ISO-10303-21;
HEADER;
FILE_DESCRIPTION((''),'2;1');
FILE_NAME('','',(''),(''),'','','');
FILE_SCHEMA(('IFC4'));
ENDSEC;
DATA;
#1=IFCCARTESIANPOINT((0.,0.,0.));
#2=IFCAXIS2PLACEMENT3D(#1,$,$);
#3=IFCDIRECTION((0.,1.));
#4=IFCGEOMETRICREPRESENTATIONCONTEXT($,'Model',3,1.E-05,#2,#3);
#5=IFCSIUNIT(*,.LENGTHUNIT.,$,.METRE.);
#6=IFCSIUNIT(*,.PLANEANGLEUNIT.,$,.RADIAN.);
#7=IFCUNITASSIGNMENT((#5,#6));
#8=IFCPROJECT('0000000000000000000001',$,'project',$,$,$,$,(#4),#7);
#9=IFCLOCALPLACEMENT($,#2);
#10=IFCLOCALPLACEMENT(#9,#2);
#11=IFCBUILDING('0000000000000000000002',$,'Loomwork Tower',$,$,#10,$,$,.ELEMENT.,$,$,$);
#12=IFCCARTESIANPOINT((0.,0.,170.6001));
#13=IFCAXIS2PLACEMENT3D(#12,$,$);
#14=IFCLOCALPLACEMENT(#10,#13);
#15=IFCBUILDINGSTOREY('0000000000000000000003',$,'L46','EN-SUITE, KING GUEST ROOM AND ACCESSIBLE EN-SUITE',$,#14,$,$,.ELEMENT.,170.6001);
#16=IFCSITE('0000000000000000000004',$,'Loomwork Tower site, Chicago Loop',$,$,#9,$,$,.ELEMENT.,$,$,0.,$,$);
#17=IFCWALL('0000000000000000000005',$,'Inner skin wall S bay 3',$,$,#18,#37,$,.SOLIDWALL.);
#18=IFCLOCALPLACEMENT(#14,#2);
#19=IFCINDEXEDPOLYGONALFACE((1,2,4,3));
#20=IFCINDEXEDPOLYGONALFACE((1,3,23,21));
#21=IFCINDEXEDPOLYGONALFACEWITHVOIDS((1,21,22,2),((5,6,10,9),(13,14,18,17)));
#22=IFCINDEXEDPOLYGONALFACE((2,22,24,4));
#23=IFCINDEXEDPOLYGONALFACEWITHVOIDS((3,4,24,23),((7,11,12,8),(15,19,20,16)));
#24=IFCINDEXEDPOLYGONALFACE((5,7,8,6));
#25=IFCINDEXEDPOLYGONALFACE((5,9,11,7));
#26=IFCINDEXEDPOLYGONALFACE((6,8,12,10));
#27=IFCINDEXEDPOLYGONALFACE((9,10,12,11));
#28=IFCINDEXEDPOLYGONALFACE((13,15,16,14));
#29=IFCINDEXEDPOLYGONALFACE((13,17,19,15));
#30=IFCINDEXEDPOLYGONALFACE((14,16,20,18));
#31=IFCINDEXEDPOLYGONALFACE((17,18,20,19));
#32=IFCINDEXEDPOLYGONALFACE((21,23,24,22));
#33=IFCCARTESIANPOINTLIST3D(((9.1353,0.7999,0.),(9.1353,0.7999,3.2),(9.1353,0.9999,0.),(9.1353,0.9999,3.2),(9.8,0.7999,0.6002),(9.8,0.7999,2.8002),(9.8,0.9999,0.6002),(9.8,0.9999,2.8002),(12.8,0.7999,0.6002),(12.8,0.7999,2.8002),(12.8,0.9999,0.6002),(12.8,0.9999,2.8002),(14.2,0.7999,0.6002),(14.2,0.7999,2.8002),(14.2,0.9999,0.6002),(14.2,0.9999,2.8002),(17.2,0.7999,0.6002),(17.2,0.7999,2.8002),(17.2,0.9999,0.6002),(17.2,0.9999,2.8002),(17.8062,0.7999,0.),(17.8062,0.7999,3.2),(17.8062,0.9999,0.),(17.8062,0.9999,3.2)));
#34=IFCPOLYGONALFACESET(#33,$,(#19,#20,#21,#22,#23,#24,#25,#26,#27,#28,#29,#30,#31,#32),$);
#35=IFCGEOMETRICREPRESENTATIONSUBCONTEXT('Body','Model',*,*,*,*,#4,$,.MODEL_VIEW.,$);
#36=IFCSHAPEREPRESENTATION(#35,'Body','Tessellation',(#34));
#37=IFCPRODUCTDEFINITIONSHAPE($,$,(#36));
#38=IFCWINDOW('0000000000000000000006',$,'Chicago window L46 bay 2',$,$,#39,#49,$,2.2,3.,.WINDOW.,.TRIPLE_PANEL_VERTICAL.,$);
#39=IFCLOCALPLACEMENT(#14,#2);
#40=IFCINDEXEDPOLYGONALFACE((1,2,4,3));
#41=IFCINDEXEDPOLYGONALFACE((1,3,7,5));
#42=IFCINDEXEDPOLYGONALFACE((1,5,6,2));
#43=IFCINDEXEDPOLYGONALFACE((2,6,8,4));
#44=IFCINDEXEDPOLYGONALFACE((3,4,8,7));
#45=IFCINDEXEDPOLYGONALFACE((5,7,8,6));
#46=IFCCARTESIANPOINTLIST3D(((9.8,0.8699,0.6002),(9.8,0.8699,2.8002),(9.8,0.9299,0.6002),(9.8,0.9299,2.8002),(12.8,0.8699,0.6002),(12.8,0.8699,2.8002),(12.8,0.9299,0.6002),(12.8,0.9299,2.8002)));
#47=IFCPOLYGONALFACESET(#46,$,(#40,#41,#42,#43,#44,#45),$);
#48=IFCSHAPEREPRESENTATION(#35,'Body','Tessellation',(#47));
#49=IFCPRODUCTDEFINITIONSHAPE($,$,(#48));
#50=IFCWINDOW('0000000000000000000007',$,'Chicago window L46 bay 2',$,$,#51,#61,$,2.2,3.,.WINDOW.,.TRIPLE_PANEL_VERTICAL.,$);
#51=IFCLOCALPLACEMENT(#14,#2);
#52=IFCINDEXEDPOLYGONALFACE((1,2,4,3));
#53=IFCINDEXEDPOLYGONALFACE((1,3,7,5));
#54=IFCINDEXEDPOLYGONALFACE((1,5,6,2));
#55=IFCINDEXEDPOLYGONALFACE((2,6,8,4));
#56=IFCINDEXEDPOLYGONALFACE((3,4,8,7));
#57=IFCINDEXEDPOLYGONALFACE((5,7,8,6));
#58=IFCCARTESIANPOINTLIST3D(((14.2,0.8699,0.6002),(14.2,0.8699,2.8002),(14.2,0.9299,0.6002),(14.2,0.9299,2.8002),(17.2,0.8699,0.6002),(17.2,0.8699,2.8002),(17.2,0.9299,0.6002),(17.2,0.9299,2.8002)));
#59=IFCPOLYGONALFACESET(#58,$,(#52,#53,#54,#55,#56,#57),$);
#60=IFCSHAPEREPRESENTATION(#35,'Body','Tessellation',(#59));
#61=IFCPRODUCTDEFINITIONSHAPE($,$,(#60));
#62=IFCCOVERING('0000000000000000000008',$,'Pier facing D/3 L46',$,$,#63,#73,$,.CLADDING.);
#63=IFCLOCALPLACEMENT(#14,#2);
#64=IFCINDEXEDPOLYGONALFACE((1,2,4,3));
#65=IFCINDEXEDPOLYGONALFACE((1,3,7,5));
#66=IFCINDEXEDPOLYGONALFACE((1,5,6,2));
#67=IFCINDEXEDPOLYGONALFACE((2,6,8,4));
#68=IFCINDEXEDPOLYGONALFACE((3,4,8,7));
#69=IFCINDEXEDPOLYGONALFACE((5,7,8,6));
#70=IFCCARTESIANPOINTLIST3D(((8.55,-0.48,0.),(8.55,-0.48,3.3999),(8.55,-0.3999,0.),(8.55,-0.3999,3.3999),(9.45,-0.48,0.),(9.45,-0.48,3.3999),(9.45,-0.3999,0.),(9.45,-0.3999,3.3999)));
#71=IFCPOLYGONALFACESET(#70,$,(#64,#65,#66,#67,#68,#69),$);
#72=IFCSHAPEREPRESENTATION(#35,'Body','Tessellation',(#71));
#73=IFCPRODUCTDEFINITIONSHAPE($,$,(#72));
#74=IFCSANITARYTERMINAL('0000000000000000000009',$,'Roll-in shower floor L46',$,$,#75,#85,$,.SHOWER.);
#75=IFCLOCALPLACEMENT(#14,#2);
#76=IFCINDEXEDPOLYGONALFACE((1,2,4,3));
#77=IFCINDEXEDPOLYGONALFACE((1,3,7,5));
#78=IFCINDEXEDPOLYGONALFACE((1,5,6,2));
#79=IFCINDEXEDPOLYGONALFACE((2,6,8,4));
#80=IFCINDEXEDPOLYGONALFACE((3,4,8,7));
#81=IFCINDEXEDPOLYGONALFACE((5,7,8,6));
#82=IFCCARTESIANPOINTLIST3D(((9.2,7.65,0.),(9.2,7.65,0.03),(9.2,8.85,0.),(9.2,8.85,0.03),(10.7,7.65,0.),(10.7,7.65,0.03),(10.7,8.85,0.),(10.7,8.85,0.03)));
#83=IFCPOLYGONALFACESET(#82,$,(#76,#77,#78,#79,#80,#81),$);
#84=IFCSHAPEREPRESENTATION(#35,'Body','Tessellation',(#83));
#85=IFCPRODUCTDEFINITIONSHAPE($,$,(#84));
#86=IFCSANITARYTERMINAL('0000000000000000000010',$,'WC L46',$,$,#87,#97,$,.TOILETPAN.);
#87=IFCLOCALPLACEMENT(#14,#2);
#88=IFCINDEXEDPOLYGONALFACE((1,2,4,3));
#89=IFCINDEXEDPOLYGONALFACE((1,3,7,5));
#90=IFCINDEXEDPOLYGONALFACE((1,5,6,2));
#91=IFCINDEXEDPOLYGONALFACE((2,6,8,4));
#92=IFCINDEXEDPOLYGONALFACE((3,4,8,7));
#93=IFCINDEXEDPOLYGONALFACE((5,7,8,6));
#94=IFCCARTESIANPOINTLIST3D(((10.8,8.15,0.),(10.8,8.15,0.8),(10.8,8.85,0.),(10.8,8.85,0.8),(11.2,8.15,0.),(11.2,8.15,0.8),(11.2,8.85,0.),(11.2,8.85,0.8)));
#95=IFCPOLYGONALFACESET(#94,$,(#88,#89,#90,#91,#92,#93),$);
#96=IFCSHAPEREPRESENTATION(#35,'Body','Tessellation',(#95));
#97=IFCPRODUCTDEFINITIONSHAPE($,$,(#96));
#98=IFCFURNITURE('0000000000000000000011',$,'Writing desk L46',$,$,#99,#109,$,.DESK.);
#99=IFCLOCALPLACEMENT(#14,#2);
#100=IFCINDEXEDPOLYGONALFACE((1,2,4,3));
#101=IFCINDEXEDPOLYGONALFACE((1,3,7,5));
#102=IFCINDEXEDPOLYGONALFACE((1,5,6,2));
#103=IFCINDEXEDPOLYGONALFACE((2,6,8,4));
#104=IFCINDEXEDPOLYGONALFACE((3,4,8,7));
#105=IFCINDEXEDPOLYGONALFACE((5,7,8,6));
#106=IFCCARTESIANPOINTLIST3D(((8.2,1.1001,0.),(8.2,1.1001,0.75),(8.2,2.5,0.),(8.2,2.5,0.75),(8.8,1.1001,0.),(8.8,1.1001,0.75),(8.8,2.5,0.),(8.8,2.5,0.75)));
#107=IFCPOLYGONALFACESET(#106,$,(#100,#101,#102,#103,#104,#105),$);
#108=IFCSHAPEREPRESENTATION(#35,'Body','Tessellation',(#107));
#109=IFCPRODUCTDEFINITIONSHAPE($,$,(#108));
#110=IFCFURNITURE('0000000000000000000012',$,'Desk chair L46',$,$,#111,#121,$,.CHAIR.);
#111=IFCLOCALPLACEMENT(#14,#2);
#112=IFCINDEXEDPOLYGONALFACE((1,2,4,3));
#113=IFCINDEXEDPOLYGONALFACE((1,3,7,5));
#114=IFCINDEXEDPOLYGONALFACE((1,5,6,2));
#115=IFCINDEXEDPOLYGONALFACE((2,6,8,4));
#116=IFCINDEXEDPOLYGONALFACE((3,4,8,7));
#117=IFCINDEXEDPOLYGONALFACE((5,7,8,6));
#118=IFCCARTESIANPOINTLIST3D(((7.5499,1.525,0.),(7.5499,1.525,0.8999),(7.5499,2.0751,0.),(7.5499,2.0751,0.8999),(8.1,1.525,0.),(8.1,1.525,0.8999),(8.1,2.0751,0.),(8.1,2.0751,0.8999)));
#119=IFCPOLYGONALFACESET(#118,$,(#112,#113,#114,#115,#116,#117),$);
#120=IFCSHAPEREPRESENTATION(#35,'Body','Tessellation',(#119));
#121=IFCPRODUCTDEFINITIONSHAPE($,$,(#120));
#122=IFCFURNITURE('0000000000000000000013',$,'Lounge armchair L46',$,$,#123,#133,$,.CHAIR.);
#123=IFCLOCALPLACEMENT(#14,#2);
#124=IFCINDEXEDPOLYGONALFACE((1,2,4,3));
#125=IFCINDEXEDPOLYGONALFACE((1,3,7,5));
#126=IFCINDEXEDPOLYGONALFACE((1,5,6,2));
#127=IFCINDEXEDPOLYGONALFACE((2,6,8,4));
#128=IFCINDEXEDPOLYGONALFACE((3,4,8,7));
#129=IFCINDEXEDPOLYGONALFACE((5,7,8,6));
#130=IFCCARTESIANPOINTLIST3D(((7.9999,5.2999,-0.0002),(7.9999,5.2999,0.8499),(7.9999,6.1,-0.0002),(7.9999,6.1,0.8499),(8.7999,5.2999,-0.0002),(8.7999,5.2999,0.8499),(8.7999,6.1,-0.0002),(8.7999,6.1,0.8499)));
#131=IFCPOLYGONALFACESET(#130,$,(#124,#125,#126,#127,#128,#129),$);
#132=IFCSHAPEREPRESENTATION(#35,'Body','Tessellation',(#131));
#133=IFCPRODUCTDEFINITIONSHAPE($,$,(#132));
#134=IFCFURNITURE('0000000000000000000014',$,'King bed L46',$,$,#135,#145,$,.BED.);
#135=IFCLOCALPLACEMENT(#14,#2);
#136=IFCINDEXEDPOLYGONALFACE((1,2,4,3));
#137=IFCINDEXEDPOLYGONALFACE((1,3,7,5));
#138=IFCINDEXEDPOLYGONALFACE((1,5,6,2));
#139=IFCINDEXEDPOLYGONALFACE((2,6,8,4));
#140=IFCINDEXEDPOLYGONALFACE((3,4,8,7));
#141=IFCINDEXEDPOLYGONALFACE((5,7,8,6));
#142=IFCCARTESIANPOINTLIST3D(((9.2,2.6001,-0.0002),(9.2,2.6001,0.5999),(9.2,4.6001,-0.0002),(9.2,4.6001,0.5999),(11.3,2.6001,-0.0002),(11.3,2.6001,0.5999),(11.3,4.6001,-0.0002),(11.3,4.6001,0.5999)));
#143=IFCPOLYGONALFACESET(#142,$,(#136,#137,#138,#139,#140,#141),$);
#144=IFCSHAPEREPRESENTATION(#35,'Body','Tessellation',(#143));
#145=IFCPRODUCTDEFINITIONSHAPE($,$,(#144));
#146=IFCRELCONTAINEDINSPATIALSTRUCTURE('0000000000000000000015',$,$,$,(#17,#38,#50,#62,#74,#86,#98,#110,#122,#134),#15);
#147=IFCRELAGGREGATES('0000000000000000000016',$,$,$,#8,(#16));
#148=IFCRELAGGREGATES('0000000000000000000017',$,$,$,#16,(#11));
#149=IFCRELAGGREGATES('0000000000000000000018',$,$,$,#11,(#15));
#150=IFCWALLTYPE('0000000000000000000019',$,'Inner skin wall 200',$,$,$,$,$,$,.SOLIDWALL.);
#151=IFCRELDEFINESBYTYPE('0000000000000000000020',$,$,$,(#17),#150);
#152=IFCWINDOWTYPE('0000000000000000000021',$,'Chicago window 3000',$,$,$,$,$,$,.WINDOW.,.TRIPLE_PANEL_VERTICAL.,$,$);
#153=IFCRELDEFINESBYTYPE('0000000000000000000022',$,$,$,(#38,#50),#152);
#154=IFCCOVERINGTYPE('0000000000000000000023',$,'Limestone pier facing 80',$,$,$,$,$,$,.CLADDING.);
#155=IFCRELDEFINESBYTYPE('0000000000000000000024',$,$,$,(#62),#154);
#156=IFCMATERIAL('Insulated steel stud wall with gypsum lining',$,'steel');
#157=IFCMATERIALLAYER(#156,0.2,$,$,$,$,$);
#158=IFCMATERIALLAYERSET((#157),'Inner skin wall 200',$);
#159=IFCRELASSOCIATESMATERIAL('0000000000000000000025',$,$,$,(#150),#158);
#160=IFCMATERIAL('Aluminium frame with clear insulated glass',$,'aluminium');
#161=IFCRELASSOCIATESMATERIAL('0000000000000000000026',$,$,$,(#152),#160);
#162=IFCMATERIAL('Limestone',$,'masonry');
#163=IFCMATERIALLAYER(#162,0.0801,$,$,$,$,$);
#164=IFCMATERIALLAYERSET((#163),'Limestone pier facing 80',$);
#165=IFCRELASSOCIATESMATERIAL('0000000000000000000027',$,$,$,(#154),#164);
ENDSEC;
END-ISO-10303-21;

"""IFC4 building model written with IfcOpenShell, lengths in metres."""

from ifc_helpers import new_model, si_unit, direction, frame, frame_2d, origin, origin_2d, place, context, subcontext, project, spatial, rectangle, extrude, material, layer, layer_set, type_object, element, fill, save


model = new_model("IFC4")

# Units and contexts
model_context = context("Model", 3, precision=1e-05, world=origin(), true_north=direction((0.0, 1.0)))
body_context = subcontext(model_context, "Body", "Model", "MODEL_VIEW")
ifc_project = project(units=[si_unit("LENGTHUNIT", "METRE"), si_unit("PLANEANGLEUNIT", "RADIAN")], contexts=[model_context])

# Site, building, storey
site_placement = place(None, origin())
site = spatial("IfcSite", under=ifc_project, at=site_placement, Name="Loomwork Tower site, Chicago Loop", CompositionType="ELEMENT", RefElevation=0.0)
building_placement = place(site_placement, origin())
building = spatial("IfcBuilding", under=site, at=building_placement, Name="Loomwork Tower", CompositionType="ELEMENT")
storey_placement = place(building_placement, frame((0.0, 0.0, 170.6001)))
storey = spatial("IfcBuildingStorey", under=building, at=storey_placement, Name="L46", Description="EN-SUITE, KING GUEST ROOM AND ACCESSIBLE EN-SUITE", CompositionType="ELEMENT", Elevation=170.6001)

# Shared definitions
ifc_material_1 = material(Name="Insulated steel stud wall with gypsum lining", Category="steel")
ifc_layer_1 = layer(ifc_material_1, 0.2)
ifc_layer_set_1 = layer_set([ifc_layer_1], Name="Inner skin wall 200")
wall_type_1 = type_object("IfcWallType", Name="Inner skin wall 200", PredefinedType="SOLIDWALL", material=ifc_layer_set_1)

# Wall, openings, windows
wall_1_placement = place(storey_placement, frame((9.1353, 0.8999, 0.0), z_axis=(0.0, 0.0, 1.0), x_axis=(1.0, 0.0, 0.0)))
wall_1 = element("IfcWall", 1, at=wall_1_placement, inside=storey, type_object=wall_type_1, Name="Inner skin wall S bay 3", PredefinedType="SOLIDWALL", context=body_context, shape_type="SweptSolid", body=[
    extrude(rectangle(XDim=8.6709, YDim=0.2, at=frame_2d((4.3354, 0.0))), origin(), (0.0, 0.0, 1.0), 3.2),
])
opening_1_placement = place(wall_1_placement, frame((0.6648, 0.0, 0.6001)))
opening_1 = element("IfcOpeningElement", 2, at=opening_1_placement, cuts=wall_1, PredefinedType="OPENING", context=body_context, shape_type="SweptSolid", body=[
    extrude(rectangle(XDim=3.0, YDim=2.2, at=frame_2d((1.5, 1.1001))), frame((0.0, 0.1099, 0.0), z_axis=(0.0, -1.0, 0.0), x_axis=(1.0, 0.0, 0.0)), (0.0, 0.0, 1.0), 0.22),
])
opening_2_placement = place(wall_1_placement, frame((5.0647, 0.0, 0.6001)))
opening_2 = element("IfcOpeningElement", 3, at=opening_2_placement, cuts=wall_1, PredefinedType="OPENING", context=body_context, shape_type="SweptSolid", body=[
    extrude(rectangle(XDim=3.0, YDim=2.2, at=frame_2d((1.5, 1.1001))), frame((0.0, 0.1099, 0.0), z_axis=(0.0, -1.0, 0.0), x_axis=(1.0, 0.0, 0.0)), (0.0, 0.0, 1.0), 0.22),
])
ifc_material_2 = material(Name="Aluminium frame with clear insulated glass", Category="aluminium")
window_type = type_object("IfcWindowType", Name="Chicago window 3000", PartitioningType="TRIPLE_PANEL_VERTICAL", PredefinedType="WINDOW", material=ifc_material_2)
window_1_placement = place(opening_1_placement, origin())
window_1 = element("IfcWindow", 4, at=window_1_placement, inside=storey, type_object=window_type, Name="Chicago window L46 bay 2", OverallHeight=2.2, OverallWidth=3.0, PartitioningType="TRIPLE_PANEL_VERTICAL", PredefinedType="WINDOW", context=body_context, shape_type="SweptSolid", body=[
    extrude(rectangle(XDim=3.0, YDim=2.2, at=frame_2d((1.5, 1.1001))), frame((0.0, 0.03, 0.0), z_axis=(0.0, -1.0, 0.0), x_axis=(1.0, 0.0, 0.0)), (0.0, 0.0, 1.0), 0.0601),
])
fill(opening_1, window_1)
window_2_placement = place(opening_2_placement, origin())
window_2 = element("IfcWindow", 5, at=window_2_placement, inside=storey, type_object=window_type, Name="Chicago window L46 bay 2", OverallHeight=2.2, OverallWidth=3.0, PartitioningType="TRIPLE_PANEL_VERTICAL", PredefinedType="WINDOW", context=body_context, shape_type="SweptSolid", body=[
    extrude(rectangle(XDim=3.0, YDim=2.2, at=frame_2d((1.5, 1.1001))), frame((0.0, 0.03, 0.0), z_axis=(0.0, -1.0, 0.0), x_axis=(1.0, 0.0, 0.0)), (0.0, 0.0, 1.0), 0.0601),
])
fill(opening_2, window_2)

# Covering
ifc_material_3 = material(Name="Limestone", Category="masonry")
ifc_layer_2 = layer(ifc_material_3, 0.0801)
ifc_layer_set_2 = layer_set([ifc_layer_2], Name="Limestone pier facing 80")
covering_type = type_object("IfcCoveringType", Name="Limestone pier facing 80", PredefinedType="CLADDING", material=ifc_layer_set_2)
covering_placement = place(storey_placement, frame((9.0, -0.4399, 0.0), z_axis=(0.0, 0.0, 1.0), x_axis=(1.0, 0.0, 0.0)))
element("IfcCovering", 6, at=covering_placement, inside=storey, type_object=covering_type, Name="Pier facing D/3 L46", PredefinedType="CLADDING", context=body_context, shape_type="SweptSolid", body=[
    extrude(rectangle(XDim=0.8999, YDim=0.0801, at=origin_2d()), origin(), (0.0, 0.0, 1.0), 3.3999),
])

# Sanitary terminals
sanitary_terminal_1_placement = place(storey_placement, frame((9.95, 8.25, 0.0), z_axis=(0.0, 0.0, 1.0), x_axis=(1.0, 0.0, 0.0)))
element("IfcSanitaryTerminal", 7, at=sanitary_terminal_1_placement, inside=storey, Name="Roll-in shower floor L46", PredefinedType="SHOWER", context=body_context, shape_type="SweptSolid", body=[
    extrude(rectangle(XDim=1.5, YDim=1.2, at=origin_2d()), origin(), (0.0, 0.0, 1.0), 0.03),
])
sanitary_terminal_2_placement = place(storey_placement, frame((11.0, 8.5, 0.0), z_axis=(0.0, 0.0, 1.0), x_axis=(1.0, 0.0, 0.0)))
element("IfcSanitaryTerminal", 8, at=sanitary_terminal_2_placement, inside=storey, Name="WC L46", PredefinedType="TOILETPAN", context=body_context, shape_type="SweptSolid", body=[
    extrude(rectangle(XDim=0.3999, YDim=0.7, at=origin_2d()), origin(), (0.0, 0.0, 1.0), 0.8),
])

# Furniture
furniture_1_placement = place(storey_placement, frame((8.5, 1.8, 0.0), z_axis=(0.0, 0.0, 1.0), x_axis=(1.0, 0.0, 0.0)))
element("IfcFurniture", 9, at=furniture_1_placement, inside=storey, Name="Writing desk L46", PredefinedType="DESK", context=body_context, shape_type="SweptSolid", body=[
    extrude(rectangle(XDim=0.6001, YDim=1.3999, at=origin_2d()), origin(), (0.0, 0.0, 1.0), 0.75),
])
furniture_2_placement = place(storey_placement, frame((7.825, 1.8, 0.0), z_axis=(0.0, 0.0, 1.0), x_axis=(1.0, 0.0, 0.0)))
element("IfcFurniture", 10, at=furniture_2_placement, inside=storey, Name="Desk chair L46", PredefinedType="CHAIR", context=body_context, shape_type="SweptSolid", body=[
    extrude(rectangle(XDim=0.55, YDim=0.55, at=origin_2d()), origin(), (0.0, 0.0, 1.0), 0.8999),
])
furniture_3_placement = place(storey_placement, frame((8.3999, 5.7, -0.0002), z_axis=(0.0, 0.0, 1.0), x_axis=(1.0, 0.0, 0.0)))
element("IfcFurniture", 11, at=furniture_3_placement, inside=storey, Name="Lounge armchair L46", PredefinedType="CHAIR", context=body_context, shape_type="SweptSolid", body=[
    extrude(rectangle(XDim=0.8, YDim=0.8, at=origin_2d()), origin(), (0.0, 0.0, 1.0), 0.8501),
])
furniture_4_placement = place(storey_placement, frame((10.25, 3.6001, -0.0002), z_axis=(0.0, 0.0, 1.0), x_axis=(1.0, 0.0, 0.0)))
element("IfcFurniture", 12, at=furniture_4_placement, inside=storey, Name="King bed L46", PredefinedType="BED", context=body_context, shape_type="SweptSolid", body=[
    extrude(rectangle(XDim=2.1001, YDim=2.0, at=origin_2d()), origin(), (0.0, 0.0, 1.0), 0.6001),
])

save(model, "model.ifc")
